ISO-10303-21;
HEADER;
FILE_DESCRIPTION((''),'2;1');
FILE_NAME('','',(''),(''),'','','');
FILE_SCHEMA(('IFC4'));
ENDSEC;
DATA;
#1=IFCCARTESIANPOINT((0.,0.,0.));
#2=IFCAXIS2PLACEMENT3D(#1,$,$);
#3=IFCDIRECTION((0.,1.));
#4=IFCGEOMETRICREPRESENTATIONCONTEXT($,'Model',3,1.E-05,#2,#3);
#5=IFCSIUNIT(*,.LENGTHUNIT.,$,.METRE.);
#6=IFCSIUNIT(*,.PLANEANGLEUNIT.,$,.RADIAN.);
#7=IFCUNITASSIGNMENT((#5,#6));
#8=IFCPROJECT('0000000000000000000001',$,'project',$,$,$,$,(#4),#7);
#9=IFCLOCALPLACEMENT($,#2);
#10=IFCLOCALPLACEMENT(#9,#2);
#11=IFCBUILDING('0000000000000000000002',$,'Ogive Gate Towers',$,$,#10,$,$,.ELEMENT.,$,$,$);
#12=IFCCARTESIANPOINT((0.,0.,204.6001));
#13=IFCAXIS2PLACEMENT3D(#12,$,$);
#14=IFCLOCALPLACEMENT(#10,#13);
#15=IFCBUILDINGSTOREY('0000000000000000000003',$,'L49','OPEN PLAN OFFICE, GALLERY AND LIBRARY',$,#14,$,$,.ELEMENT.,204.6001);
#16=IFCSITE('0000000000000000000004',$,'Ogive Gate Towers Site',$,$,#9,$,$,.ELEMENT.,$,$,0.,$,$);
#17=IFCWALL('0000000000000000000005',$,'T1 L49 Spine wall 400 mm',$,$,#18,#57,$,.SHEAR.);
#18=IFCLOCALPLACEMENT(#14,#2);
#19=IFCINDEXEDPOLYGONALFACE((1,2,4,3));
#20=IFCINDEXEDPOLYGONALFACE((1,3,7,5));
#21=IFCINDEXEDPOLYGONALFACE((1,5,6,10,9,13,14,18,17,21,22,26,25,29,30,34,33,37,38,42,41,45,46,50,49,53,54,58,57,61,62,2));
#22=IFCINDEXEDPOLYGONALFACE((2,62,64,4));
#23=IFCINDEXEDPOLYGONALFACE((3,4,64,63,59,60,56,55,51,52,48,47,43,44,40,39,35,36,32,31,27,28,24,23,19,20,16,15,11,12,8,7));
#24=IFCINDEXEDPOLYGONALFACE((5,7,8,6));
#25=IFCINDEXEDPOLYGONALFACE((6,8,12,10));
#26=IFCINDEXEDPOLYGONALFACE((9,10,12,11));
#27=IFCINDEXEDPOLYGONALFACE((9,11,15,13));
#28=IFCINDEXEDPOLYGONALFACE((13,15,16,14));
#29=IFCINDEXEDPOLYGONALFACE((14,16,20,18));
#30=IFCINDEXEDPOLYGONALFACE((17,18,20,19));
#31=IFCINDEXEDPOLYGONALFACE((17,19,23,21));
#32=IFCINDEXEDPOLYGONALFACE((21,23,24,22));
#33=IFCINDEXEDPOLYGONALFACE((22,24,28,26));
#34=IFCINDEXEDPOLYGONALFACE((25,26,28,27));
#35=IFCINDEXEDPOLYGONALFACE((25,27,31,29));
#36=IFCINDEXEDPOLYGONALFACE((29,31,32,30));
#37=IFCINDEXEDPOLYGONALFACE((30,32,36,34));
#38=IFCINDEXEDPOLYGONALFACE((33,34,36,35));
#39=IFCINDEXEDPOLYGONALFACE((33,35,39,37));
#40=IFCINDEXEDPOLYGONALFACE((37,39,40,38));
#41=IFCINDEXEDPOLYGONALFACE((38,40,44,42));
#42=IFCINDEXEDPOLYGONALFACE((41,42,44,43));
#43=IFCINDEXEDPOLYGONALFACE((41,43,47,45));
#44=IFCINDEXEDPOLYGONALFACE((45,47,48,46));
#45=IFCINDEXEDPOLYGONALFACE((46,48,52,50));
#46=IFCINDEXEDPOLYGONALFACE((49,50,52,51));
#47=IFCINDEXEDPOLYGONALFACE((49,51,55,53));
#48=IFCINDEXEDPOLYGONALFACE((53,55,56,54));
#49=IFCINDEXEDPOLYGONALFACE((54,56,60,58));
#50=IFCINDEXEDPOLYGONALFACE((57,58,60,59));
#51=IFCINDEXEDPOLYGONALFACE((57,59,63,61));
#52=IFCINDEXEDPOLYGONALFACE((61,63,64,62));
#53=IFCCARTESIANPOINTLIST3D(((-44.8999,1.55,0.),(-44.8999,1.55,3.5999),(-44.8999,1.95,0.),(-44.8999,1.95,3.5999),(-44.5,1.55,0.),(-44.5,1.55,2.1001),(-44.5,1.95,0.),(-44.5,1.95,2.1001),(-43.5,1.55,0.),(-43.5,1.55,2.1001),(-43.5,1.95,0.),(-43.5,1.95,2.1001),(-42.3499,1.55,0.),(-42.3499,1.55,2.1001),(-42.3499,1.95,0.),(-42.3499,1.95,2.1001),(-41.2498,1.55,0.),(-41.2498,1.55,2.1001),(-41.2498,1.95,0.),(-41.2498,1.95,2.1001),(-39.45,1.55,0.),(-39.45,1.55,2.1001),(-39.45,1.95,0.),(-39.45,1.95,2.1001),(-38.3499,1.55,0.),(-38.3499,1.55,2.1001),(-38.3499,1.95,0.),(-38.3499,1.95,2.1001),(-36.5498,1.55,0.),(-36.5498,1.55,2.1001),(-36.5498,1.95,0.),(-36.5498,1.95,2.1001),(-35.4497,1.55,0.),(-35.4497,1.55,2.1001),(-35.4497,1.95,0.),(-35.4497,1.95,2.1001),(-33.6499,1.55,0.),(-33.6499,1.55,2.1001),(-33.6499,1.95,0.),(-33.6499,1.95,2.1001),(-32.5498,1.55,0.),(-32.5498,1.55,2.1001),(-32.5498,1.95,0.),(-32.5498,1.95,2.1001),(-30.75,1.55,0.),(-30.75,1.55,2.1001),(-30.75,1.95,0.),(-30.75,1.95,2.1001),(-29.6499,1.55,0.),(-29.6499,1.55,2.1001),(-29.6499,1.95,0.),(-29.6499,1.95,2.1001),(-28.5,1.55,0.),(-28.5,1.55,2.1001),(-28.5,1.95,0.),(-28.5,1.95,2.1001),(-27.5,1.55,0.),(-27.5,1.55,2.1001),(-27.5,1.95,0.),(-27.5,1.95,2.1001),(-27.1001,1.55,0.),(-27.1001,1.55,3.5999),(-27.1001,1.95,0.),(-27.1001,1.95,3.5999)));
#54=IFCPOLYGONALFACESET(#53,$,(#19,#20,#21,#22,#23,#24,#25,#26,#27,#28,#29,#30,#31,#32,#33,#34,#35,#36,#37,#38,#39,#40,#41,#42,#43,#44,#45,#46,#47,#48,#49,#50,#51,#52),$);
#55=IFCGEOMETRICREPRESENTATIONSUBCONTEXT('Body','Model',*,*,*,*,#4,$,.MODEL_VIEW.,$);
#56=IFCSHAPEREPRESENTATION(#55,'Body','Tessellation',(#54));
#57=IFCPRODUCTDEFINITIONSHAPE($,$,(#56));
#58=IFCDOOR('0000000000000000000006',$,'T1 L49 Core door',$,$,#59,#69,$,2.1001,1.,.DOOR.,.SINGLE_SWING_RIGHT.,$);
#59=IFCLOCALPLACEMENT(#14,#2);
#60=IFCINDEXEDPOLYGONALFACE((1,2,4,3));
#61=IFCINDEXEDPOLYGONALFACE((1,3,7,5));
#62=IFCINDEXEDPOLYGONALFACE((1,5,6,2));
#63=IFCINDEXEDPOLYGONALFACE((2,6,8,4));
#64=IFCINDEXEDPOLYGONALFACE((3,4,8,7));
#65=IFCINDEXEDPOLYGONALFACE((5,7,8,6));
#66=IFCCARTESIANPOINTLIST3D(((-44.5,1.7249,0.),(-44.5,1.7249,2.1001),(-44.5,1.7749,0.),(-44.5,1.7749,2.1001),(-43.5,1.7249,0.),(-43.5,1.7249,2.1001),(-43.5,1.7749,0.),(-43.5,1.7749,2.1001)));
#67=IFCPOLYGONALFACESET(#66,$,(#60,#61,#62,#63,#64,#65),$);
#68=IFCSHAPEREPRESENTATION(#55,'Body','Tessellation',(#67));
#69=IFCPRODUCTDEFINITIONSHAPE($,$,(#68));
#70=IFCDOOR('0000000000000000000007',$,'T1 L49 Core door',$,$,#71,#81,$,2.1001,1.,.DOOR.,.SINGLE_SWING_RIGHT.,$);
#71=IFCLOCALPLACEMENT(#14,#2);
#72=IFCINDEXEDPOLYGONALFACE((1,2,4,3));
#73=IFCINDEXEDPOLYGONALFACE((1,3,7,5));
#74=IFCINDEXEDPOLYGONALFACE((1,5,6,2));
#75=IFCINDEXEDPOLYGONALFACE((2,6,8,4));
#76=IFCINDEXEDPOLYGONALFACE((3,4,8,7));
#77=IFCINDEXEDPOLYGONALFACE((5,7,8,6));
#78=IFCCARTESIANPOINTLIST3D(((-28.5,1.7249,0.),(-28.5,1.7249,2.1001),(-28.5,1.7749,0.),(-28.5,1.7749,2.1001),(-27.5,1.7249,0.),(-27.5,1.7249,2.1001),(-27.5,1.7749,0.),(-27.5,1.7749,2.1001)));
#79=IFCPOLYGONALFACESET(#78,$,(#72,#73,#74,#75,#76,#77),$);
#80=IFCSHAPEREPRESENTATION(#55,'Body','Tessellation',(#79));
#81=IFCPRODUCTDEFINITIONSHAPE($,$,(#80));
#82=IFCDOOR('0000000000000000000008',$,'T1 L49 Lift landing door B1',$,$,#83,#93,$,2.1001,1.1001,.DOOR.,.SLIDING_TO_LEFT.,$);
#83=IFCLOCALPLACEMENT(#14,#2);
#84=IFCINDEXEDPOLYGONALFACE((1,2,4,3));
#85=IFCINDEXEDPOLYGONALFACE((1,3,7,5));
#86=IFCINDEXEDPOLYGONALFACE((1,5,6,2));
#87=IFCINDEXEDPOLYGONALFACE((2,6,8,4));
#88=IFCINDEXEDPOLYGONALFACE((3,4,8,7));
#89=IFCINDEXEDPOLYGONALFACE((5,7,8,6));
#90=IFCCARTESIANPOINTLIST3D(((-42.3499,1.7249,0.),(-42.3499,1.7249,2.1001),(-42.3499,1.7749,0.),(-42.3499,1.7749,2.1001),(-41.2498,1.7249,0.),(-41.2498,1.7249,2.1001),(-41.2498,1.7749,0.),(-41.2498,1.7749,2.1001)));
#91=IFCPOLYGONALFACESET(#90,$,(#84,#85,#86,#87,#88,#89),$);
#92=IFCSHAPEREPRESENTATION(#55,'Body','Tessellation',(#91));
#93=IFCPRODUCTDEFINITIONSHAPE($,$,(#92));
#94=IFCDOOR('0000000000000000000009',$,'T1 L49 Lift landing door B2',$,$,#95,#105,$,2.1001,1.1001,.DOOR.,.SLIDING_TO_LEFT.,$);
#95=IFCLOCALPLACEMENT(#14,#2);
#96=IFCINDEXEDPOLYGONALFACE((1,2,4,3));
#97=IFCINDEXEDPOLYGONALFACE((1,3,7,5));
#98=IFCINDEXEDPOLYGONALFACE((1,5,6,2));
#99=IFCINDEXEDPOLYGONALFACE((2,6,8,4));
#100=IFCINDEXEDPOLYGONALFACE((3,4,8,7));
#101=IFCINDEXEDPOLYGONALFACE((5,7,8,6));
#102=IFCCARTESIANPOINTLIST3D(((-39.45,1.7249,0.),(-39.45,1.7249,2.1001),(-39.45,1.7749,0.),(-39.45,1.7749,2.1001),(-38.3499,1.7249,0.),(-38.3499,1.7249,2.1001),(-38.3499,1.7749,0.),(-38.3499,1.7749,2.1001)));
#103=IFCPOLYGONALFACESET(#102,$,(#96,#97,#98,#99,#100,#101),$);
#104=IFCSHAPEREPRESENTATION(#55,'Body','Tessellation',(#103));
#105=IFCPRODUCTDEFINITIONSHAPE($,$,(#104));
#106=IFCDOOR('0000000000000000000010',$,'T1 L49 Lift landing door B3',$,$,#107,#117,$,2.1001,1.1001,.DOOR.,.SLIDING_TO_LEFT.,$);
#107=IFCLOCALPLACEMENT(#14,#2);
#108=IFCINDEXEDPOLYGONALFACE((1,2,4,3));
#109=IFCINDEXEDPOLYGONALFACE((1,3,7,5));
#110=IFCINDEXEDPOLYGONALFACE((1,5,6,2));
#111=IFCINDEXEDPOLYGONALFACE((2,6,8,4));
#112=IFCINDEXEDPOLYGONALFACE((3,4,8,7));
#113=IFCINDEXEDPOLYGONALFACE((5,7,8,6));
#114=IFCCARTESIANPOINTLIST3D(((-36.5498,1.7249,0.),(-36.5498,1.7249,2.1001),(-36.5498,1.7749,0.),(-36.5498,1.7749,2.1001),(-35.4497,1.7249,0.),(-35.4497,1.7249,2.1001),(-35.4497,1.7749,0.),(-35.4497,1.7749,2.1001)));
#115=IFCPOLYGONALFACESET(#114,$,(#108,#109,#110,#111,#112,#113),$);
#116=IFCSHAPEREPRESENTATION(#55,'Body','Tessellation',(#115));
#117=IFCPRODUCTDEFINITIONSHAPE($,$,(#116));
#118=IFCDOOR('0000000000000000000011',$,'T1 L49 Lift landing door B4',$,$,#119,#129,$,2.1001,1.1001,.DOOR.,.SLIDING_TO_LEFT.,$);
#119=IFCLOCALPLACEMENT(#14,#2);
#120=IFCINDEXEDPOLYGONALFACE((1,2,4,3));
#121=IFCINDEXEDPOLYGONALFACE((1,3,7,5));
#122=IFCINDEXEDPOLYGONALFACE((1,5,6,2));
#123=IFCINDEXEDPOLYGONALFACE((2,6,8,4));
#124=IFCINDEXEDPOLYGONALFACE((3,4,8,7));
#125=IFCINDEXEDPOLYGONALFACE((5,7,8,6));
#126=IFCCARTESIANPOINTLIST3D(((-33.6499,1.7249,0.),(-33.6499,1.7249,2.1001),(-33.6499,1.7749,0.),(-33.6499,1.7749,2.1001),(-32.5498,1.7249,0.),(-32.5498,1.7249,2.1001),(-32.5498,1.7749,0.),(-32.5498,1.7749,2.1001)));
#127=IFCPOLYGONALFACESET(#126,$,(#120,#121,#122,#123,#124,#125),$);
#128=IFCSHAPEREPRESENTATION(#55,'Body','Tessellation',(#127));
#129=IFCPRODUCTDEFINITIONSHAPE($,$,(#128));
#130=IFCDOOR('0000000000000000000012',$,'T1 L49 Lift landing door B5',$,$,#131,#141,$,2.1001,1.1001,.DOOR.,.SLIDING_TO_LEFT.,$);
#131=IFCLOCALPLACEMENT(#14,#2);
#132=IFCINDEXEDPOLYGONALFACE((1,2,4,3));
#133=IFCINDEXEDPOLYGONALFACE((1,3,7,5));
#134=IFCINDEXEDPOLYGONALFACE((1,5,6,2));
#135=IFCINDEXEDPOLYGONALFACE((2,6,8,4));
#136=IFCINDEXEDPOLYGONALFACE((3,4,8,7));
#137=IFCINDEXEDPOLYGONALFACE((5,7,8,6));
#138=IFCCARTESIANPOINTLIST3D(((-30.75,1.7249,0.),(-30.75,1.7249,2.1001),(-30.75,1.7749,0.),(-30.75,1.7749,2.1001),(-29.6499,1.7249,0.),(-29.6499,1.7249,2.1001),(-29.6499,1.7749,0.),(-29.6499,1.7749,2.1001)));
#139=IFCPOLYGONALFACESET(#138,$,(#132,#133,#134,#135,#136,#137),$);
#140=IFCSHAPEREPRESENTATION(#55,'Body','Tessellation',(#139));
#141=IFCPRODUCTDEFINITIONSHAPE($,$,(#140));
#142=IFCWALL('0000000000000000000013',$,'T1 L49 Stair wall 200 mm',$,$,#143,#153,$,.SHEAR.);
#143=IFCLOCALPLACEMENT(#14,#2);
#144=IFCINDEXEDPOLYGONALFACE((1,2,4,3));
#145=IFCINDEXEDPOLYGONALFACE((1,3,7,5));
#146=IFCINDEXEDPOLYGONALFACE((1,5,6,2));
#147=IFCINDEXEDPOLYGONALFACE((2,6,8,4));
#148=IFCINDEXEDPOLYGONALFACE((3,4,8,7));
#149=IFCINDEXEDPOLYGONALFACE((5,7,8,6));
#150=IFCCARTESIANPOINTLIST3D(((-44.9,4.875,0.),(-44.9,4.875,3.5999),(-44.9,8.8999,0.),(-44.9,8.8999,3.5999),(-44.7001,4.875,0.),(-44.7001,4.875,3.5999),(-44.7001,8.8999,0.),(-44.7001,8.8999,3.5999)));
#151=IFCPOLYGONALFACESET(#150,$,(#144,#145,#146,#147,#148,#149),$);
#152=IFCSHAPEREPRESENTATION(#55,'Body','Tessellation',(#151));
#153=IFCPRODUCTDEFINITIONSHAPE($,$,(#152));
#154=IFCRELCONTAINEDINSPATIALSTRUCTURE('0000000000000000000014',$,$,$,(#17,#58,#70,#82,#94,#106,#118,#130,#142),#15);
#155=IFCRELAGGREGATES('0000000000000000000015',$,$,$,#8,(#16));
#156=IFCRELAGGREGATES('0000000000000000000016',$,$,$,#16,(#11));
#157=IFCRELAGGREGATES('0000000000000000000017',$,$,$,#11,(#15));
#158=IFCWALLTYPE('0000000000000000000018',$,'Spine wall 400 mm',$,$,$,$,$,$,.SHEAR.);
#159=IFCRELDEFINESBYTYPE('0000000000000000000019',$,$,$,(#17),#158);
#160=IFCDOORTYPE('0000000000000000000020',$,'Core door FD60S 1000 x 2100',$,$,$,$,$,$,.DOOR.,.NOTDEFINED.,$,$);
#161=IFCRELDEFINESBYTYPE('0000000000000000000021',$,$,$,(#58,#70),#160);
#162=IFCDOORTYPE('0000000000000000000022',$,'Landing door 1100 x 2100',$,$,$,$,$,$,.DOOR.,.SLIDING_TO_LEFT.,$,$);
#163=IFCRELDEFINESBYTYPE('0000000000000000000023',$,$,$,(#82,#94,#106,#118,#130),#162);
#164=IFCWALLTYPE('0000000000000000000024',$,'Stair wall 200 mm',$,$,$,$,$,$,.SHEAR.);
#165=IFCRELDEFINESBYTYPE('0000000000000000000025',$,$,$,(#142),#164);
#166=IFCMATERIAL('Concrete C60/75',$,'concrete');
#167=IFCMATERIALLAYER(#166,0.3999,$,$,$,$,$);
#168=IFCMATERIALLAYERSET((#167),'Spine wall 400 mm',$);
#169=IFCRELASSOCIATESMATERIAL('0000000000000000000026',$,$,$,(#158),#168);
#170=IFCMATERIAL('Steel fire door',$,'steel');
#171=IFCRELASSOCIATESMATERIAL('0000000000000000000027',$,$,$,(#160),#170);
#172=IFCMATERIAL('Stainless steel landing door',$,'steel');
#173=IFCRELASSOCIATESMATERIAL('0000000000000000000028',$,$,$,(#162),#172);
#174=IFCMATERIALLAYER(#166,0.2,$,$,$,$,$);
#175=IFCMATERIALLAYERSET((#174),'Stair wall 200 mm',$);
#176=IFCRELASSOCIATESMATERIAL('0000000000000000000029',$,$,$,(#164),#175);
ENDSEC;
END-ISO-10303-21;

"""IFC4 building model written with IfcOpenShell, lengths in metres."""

from ifc_helpers import new_model, si_unit, direction, frame, frame_2d, origin, place, context, subcontext, project, spatial, rectangle, extrude, material, layer, layer_set, type_object, element, fill, save


model = new_model("IFC4")

# Units and contexts
model_context = context("Model", 3, precision=1e-05, world=origin(), true_north=direction((0.0, 1.0)))
body_context = subcontext(model_context, "Body", "Model", "MODEL_VIEW")
ifc_project = project(units=[si_unit("LENGTHUNIT", "METRE"), si_unit("PLANEANGLEUNIT", "RADIAN")], contexts=[model_context])

# Site, building, storey
site_placement = place(None, origin())
site = spatial("IfcSite", under=ifc_project, at=site_placement, Name="Ogive Gate Towers Site", CompositionType="ELEMENT", RefElevation=0.0)
building_placement = place(site_placement, origin())
building = spatial("IfcBuilding", under=site, at=building_placement, Name="Ogive Gate Towers", CompositionType="ELEMENT")
storey_placement = place(building_placement, frame((0.0, 0.0, 204.6001)))
storey = spatial("IfcBuildingStorey", under=building, at=storey_placement, Name="L49", Description="OPEN PLAN OFFICE, GALLERY AND LIBRARY", CompositionType="ELEMENT", Elevation=204.6001)

# Shared definitions
ifc_material_1 = material(Name="Concrete C60/75", Category="concrete")

# Shared definitions
ifc_material_2 = material(Name="Steel fire door", Category="steel")

# Wall, openings, doors
ifc_layer_1 = layer(ifc_material_1, 0.3999)
ifc_layer_set_1 = layer_set([ifc_layer_1], Name="Spine wall 400 mm")
wall_type_1 = type_object("IfcWallType", Name="Spine wall 400 mm", PredefinedType="SHEAR", material=ifc_layer_set_1)
wall_1_placement = place(storey_placement, frame((-44.8999, 1.75, 0.0), z_axis=(0.0, 0.0, 1.0), x_axis=(1.0, 0.0, 0.0)))
wall_1 = element("IfcWall", 1, at=wall_1_placement, inside=storey, type_object=wall_type_1, Name="T1 L49 Spine wall 400 mm", PredefinedType="SHEAR", context=body_context, shape_type="SweptSolid", body=[
    extrude(rectangle(XDim=17.7998, YDim=0.3999, at=frame_2d((8.8999, 0.0))), origin(), (0.0, 0.0, 1.0), 3.5999),
])
opening_1_placement = place(wall_1_placement, frame((0.3999, 0.0, 0.0)))
opening_1 = element("IfcOpeningElement", 2, at=opening_1_placement, cuts=wall_1, PredefinedType="OPENING", context=body_context, shape_type="SweptSolid", body=[
    extrude(rectangle(XDim=1.0, YDim=2.1001, at=frame_2d((0.5, 1.05))), frame((0.0, 0.21, 0.0), z_axis=(0.0, -1.0, 0.0), x_axis=(1.0, 0.0, 0.0)), (0.0, 0.0, 1.0), 0.4199),
])
opening_2_placement = place(wall_1_placement, frame((2.55, 0.0, 0.0)))
opening_2 = element("IfcOpeningElement", 3, at=opening_2_placement, cuts=wall_1, PredefinedType="OPENING", context=body_context, shape_type="SweptSolid", body=[
    extrude(rectangle(XDim=1.1001, YDim=2.1001, at=frame_2d((0.55, 1.05))), frame((0.0, 0.21, 0.0), z_axis=(0.0, -1.0, 0.0), x_axis=(1.0, 0.0, 0.0)), (0.0, 0.0, 1.0), 0.4199),
])
opening_3_placement = place(wall_1_placement, frame((5.45, 0.0, 0.0)))
opening_3 = element("IfcOpeningElement", 4, at=opening_3_placement, cuts=wall_1, PredefinedType="OPENING", context=body_context, shape_type="SweptSolid", body=[
    extrude(rectangle(XDim=1.1001, YDim=2.1001, at=frame_2d((0.55, 1.05))), frame((0.0, 0.21, 0.0), z_axis=(0.0, -1.0, 0.0), x_axis=(1.0, 0.0, 0.0)), (0.0, 0.0, 1.0), 0.4199),
])
opening_4_placement = place(wall_1_placement, frame((8.3501, 0.0, 0.0)))
opening_4 = element("IfcOpeningElement", 5, at=opening_4_placement, cuts=wall_1, PredefinedType="OPENING", context=body_context, shape_type="SweptSolid", body=[
    extrude(rectangle(XDim=1.1001, YDim=2.1001, at=frame_2d((0.55, 1.05))), frame((0.0, 0.21, 0.0), z_axis=(0.0, -1.0, 0.0), x_axis=(1.0, 0.0, 0.0)), (0.0, 0.0, 1.0), 0.4199),
])
opening_5_placement = place(wall_1_placement, frame((11.25, 0.0, 0.0)))
opening_5 = element("IfcOpeningElement", 6, at=opening_5_placement, cuts=wall_1, PredefinedType="OPENING", context=body_context, shape_type="SweptSolid", body=[
    extrude(rectangle(XDim=1.1001, YDim=2.1001, at=frame_2d((0.55, 1.05))), frame((0.0, 0.21, 0.0), z_axis=(0.0, -1.0, 0.0), x_axis=(1.0, 0.0, 0.0)), (0.0, 0.0, 1.0), 0.4199),
])
opening_6_placement = place(wall_1_placement, frame((14.1499, 0.0, 0.0)))
opening_6 = element("IfcOpeningElement", 7, at=opening_6_placement, cuts=wall_1, PredefinedType="OPENING", context=body_context, shape_type="SweptSolid", body=[
    extrude(rectangle(XDim=1.1001, YDim=2.1001, at=frame_2d((0.55, 1.05))), frame((0.0, 0.21, 0.0), z_axis=(0.0, -1.0, 0.0), x_axis=(1.0, 0.0, 0.0)), (0.0, 0.0, 1.0), 0.4199),
])
opening_7_placement = place(wall_1_placement, frame((16.3999, 0.0, 0.0)))
opening_7 = element("IfcOpeningElement", 8, at=opening_7_placement, cuts=wall_1, PredefinedType="OPENING", context=body_context, shape_type="SweptSolid", body=[
    extrude(rectangle(XDim=1.0, YDim=2.1001, at=frame_2d((0.5, 1.05))), frame((0.0, 0.21, 0.0), z_axis=(0.0, -1.0, 0.0), x_axis=(1.0, 0.0, 0.0)), (0.0, 0.0, 1.0), 0.4199),
])
door_type_1 = type_object("IfcDoorType", Name="Core door FD60S 1000 x 2100", OperationType="NOTDEFINED", PredefinedType="DOOR", material=ifc_material_2)
door_1_placement = place(opening_1_placement, origin())
door_1 = element("IfcDoor", 9, at=door_1_placement, inside=storey, type_object=door_type_1, Name="T1 L49 Core door", OperationType="SINGLE_SWING_RIGHT", OverallHeight=2.1001, OverallWidth=1.0, PredefinedType="DOOR", context=body_context, shape_type="SweptSolid", body=[
    extrude(rectangle(XDim=1.0, YDim=2.1001, at=frame_2d((0.5, 1.05))), frame((0.0, 0.0249, 0.0), z_axis=(0.0, -1.0, 0.0), x_axis=(1.0, 0.0, 0.0)), (0.0, 0.0, 1.0), 0.05),
])
fill(opening_1, door_1)
door_2_placement = place(opening_7_placement, origin())
door_2 = element("IfcDoor", 10, at=door_2_placement, inside=storey, type_object=door_type_1, Name="T1 L49 Core door", OperationType="SINGLE_SWING_RIGHT", OverallHeight=2.1001, OverallWidth=1.0, PredefinedType="DOOR", context=body_context, shape_type="SweptSolid", body=[
    extrude(rectangle(XDim=1.0, YDim=2.1001, at=frame_2d((0.5, 1.05))), frame((0.0, 0.0249, 0.0), z_axis=(0.0, -1.0, 0.0), x_axis=(1.0, 0.0, 0.0)), (0.0, 0.0, 1.0), 0.05),
])
fill(opening_7, door_2)
ifc_material_3 = material(Name="Stainless steel landing door", Category="steel")
door_type_2 = type_object("IfcDoorType", Name="Landing door 1100 x 2100", OperationType="SLIDING_TO_LEFT", PredefinedType="DOOR", material=ifc_material_3)
door_3_placement = place(opening_2_placement, origin())
door_3 = element("IfcDoor", 11, at=door_3_placement, inside=storey, type_object=door_type_2, Name="T1 L49 Lift landing door B1", OperationType="SLIDING_TO_LEFT", OverallHeight=2.1001, OverallWidth=1.1001, PredefinedType="DOOR", context=body_context, shape_type="SweptSolid", body=[
    extrude(rectangle(XDim=1.1001, YDim=2.1001, at=frame_2d((0.55, 1.05))), frame((0.0, 0.0249, 0.0), z_axis=(0.0, -1.0, 0.0), x_axis=(1.0, 0.0, 0.0)), (0.0, 0.0, 1.0), 0.05),
])
fill(opening_2, door_3)
door_4_placement = place(opening_3_placement, origin())
door_4 = element("IfcDoor", 12, at=door_4_placement, inside=storey, type_object=door_type_2, Name="T1 L49 Lift landing door B2", OperationType="SLIDING_TO_LEFT", OverallHeight=2.1001, OverallWidth=1.1001, PredefinedType="DOOR", context=body_context, shape_type="SweptSolid", body=[
    extrude(rectangle(XDim=1.1001, YDim=2.1001, at=frame_2d((0.55, 1.05))), frame((0.0, 0.0249, 0.0), z_axis=(0.0, -1.0, 0.0), x_axis=(1.0, 0.0, 0.0)), (0.0, 0.0, 1.0), 0.05),
])
fill(opening_3, door_4)
door_5_placement = place(opening_4_placement, origin())
door_5 = element("IfcDoor", 13, at=door_5_placement, inside=storey, type_object=door_type_2, Name="T1 L49 Lift landing door B3", OperationType="SLIDING_TO_LEFT", OverallHeight=2.1001, OverallWidth=1.1001, PredefinedType="DOOR", context=body_context, shape_type="SweptSolid", body=[
    extrude(rectangle(XDim=1.1001, YDim=2.1001, at=frame_2d((0.55, 1.05))), frame((0.0, 0.0249, 0.0), z_axis=(0.0, -1.0, 0.0), x_axis=(1.0, 0.0, 0.0)), (0.0, 0.0, 1.0), 0.05),
])
fill(opening_4, door_5)
door_6_placement = place(opening_5_placement, origin())
door_6 = element("IfcDoor", 14, at=door_6_placement, inside=storey, type_object=door_type_2, Name="T1 L49 Lift landing door B4", OperationType="SLIDING_TO_LEFT", OverallHeight=2.1001, OverallWidth=1.1001, PredefinedType="DOOR", context=body_context, shape_type="SweptSolid", body=[
    extrude(rectangle(XDim=1.1001, YDim=2.1001, at=frame_2d((0.55, 1.05))), frame((0.0, 0.0249, 0.0), z_axis=(0.0, -1.0, 0.0), x_axis=(1.0, 0.0, 0.0)), (0.0, 0.0, 1.0), 0.05),
])
fill(opening_5, door_6)
door_7_placement = place(opening_6_placement, origin())
door_7 = element("IfcDoor", 15, at=door_7_placement, inside=storey, type_object=door_type_2, Name="T1 L49 Lift landing door B5", OperationType="SLIDING_TO_LEFT", OverallHeight=2.1001, OverallWidth=1.1001, PredefinedType="DOOR", context=body_context, shape_type="SweptSolid", body=[
    extrude(rectangle(XDim=1.1001, YDim=2.1001, at=frame_2d((0.55, 1.05))), frame((0.0, 0.0249, 0.0), z_axis=(0.0, -1.0, 0.0), x_axis=(1.0, 0.0, 0.0)), (0.0, 0.0, 1.0), 0.05),
])
fill(opening_6, door_7)

# Wall
ifc_layer_2 = layer(ifc_material_1, 0.2)
ifc_layer_set_2 = layer_set([ifc_layer_2], Name="Stair wall 200 mm")
wall_type_2 = type_object("IfcWallType", Name="Stair wall 200 mm", PredefinedType="SHEAR", material=ifc_layer_set_2)
wall_2_placement = place(storey_placement, frame((-44.8, 4.875, 0.0), z_axis=(0.0, 0.0, 1.0), x_axis=(0.0, 1.0, 0.0)))
element("IfcWall", 16, at=wall_2_placement, inside=storey, type_object=wall_type_2, Name="T1 L49 Stair wall 200 mm", PredefinedType="SHEAR", context=body_context, shape_type="SweptSolid", body=[
    extrude(rectangle(XDim=4.0249, YDim=0.2, at=frame_2d((2.0125, 0.0))), origin(), (0.0, 0.0, 1.0), 3.5999),
])

save(model, "model.ifc")
